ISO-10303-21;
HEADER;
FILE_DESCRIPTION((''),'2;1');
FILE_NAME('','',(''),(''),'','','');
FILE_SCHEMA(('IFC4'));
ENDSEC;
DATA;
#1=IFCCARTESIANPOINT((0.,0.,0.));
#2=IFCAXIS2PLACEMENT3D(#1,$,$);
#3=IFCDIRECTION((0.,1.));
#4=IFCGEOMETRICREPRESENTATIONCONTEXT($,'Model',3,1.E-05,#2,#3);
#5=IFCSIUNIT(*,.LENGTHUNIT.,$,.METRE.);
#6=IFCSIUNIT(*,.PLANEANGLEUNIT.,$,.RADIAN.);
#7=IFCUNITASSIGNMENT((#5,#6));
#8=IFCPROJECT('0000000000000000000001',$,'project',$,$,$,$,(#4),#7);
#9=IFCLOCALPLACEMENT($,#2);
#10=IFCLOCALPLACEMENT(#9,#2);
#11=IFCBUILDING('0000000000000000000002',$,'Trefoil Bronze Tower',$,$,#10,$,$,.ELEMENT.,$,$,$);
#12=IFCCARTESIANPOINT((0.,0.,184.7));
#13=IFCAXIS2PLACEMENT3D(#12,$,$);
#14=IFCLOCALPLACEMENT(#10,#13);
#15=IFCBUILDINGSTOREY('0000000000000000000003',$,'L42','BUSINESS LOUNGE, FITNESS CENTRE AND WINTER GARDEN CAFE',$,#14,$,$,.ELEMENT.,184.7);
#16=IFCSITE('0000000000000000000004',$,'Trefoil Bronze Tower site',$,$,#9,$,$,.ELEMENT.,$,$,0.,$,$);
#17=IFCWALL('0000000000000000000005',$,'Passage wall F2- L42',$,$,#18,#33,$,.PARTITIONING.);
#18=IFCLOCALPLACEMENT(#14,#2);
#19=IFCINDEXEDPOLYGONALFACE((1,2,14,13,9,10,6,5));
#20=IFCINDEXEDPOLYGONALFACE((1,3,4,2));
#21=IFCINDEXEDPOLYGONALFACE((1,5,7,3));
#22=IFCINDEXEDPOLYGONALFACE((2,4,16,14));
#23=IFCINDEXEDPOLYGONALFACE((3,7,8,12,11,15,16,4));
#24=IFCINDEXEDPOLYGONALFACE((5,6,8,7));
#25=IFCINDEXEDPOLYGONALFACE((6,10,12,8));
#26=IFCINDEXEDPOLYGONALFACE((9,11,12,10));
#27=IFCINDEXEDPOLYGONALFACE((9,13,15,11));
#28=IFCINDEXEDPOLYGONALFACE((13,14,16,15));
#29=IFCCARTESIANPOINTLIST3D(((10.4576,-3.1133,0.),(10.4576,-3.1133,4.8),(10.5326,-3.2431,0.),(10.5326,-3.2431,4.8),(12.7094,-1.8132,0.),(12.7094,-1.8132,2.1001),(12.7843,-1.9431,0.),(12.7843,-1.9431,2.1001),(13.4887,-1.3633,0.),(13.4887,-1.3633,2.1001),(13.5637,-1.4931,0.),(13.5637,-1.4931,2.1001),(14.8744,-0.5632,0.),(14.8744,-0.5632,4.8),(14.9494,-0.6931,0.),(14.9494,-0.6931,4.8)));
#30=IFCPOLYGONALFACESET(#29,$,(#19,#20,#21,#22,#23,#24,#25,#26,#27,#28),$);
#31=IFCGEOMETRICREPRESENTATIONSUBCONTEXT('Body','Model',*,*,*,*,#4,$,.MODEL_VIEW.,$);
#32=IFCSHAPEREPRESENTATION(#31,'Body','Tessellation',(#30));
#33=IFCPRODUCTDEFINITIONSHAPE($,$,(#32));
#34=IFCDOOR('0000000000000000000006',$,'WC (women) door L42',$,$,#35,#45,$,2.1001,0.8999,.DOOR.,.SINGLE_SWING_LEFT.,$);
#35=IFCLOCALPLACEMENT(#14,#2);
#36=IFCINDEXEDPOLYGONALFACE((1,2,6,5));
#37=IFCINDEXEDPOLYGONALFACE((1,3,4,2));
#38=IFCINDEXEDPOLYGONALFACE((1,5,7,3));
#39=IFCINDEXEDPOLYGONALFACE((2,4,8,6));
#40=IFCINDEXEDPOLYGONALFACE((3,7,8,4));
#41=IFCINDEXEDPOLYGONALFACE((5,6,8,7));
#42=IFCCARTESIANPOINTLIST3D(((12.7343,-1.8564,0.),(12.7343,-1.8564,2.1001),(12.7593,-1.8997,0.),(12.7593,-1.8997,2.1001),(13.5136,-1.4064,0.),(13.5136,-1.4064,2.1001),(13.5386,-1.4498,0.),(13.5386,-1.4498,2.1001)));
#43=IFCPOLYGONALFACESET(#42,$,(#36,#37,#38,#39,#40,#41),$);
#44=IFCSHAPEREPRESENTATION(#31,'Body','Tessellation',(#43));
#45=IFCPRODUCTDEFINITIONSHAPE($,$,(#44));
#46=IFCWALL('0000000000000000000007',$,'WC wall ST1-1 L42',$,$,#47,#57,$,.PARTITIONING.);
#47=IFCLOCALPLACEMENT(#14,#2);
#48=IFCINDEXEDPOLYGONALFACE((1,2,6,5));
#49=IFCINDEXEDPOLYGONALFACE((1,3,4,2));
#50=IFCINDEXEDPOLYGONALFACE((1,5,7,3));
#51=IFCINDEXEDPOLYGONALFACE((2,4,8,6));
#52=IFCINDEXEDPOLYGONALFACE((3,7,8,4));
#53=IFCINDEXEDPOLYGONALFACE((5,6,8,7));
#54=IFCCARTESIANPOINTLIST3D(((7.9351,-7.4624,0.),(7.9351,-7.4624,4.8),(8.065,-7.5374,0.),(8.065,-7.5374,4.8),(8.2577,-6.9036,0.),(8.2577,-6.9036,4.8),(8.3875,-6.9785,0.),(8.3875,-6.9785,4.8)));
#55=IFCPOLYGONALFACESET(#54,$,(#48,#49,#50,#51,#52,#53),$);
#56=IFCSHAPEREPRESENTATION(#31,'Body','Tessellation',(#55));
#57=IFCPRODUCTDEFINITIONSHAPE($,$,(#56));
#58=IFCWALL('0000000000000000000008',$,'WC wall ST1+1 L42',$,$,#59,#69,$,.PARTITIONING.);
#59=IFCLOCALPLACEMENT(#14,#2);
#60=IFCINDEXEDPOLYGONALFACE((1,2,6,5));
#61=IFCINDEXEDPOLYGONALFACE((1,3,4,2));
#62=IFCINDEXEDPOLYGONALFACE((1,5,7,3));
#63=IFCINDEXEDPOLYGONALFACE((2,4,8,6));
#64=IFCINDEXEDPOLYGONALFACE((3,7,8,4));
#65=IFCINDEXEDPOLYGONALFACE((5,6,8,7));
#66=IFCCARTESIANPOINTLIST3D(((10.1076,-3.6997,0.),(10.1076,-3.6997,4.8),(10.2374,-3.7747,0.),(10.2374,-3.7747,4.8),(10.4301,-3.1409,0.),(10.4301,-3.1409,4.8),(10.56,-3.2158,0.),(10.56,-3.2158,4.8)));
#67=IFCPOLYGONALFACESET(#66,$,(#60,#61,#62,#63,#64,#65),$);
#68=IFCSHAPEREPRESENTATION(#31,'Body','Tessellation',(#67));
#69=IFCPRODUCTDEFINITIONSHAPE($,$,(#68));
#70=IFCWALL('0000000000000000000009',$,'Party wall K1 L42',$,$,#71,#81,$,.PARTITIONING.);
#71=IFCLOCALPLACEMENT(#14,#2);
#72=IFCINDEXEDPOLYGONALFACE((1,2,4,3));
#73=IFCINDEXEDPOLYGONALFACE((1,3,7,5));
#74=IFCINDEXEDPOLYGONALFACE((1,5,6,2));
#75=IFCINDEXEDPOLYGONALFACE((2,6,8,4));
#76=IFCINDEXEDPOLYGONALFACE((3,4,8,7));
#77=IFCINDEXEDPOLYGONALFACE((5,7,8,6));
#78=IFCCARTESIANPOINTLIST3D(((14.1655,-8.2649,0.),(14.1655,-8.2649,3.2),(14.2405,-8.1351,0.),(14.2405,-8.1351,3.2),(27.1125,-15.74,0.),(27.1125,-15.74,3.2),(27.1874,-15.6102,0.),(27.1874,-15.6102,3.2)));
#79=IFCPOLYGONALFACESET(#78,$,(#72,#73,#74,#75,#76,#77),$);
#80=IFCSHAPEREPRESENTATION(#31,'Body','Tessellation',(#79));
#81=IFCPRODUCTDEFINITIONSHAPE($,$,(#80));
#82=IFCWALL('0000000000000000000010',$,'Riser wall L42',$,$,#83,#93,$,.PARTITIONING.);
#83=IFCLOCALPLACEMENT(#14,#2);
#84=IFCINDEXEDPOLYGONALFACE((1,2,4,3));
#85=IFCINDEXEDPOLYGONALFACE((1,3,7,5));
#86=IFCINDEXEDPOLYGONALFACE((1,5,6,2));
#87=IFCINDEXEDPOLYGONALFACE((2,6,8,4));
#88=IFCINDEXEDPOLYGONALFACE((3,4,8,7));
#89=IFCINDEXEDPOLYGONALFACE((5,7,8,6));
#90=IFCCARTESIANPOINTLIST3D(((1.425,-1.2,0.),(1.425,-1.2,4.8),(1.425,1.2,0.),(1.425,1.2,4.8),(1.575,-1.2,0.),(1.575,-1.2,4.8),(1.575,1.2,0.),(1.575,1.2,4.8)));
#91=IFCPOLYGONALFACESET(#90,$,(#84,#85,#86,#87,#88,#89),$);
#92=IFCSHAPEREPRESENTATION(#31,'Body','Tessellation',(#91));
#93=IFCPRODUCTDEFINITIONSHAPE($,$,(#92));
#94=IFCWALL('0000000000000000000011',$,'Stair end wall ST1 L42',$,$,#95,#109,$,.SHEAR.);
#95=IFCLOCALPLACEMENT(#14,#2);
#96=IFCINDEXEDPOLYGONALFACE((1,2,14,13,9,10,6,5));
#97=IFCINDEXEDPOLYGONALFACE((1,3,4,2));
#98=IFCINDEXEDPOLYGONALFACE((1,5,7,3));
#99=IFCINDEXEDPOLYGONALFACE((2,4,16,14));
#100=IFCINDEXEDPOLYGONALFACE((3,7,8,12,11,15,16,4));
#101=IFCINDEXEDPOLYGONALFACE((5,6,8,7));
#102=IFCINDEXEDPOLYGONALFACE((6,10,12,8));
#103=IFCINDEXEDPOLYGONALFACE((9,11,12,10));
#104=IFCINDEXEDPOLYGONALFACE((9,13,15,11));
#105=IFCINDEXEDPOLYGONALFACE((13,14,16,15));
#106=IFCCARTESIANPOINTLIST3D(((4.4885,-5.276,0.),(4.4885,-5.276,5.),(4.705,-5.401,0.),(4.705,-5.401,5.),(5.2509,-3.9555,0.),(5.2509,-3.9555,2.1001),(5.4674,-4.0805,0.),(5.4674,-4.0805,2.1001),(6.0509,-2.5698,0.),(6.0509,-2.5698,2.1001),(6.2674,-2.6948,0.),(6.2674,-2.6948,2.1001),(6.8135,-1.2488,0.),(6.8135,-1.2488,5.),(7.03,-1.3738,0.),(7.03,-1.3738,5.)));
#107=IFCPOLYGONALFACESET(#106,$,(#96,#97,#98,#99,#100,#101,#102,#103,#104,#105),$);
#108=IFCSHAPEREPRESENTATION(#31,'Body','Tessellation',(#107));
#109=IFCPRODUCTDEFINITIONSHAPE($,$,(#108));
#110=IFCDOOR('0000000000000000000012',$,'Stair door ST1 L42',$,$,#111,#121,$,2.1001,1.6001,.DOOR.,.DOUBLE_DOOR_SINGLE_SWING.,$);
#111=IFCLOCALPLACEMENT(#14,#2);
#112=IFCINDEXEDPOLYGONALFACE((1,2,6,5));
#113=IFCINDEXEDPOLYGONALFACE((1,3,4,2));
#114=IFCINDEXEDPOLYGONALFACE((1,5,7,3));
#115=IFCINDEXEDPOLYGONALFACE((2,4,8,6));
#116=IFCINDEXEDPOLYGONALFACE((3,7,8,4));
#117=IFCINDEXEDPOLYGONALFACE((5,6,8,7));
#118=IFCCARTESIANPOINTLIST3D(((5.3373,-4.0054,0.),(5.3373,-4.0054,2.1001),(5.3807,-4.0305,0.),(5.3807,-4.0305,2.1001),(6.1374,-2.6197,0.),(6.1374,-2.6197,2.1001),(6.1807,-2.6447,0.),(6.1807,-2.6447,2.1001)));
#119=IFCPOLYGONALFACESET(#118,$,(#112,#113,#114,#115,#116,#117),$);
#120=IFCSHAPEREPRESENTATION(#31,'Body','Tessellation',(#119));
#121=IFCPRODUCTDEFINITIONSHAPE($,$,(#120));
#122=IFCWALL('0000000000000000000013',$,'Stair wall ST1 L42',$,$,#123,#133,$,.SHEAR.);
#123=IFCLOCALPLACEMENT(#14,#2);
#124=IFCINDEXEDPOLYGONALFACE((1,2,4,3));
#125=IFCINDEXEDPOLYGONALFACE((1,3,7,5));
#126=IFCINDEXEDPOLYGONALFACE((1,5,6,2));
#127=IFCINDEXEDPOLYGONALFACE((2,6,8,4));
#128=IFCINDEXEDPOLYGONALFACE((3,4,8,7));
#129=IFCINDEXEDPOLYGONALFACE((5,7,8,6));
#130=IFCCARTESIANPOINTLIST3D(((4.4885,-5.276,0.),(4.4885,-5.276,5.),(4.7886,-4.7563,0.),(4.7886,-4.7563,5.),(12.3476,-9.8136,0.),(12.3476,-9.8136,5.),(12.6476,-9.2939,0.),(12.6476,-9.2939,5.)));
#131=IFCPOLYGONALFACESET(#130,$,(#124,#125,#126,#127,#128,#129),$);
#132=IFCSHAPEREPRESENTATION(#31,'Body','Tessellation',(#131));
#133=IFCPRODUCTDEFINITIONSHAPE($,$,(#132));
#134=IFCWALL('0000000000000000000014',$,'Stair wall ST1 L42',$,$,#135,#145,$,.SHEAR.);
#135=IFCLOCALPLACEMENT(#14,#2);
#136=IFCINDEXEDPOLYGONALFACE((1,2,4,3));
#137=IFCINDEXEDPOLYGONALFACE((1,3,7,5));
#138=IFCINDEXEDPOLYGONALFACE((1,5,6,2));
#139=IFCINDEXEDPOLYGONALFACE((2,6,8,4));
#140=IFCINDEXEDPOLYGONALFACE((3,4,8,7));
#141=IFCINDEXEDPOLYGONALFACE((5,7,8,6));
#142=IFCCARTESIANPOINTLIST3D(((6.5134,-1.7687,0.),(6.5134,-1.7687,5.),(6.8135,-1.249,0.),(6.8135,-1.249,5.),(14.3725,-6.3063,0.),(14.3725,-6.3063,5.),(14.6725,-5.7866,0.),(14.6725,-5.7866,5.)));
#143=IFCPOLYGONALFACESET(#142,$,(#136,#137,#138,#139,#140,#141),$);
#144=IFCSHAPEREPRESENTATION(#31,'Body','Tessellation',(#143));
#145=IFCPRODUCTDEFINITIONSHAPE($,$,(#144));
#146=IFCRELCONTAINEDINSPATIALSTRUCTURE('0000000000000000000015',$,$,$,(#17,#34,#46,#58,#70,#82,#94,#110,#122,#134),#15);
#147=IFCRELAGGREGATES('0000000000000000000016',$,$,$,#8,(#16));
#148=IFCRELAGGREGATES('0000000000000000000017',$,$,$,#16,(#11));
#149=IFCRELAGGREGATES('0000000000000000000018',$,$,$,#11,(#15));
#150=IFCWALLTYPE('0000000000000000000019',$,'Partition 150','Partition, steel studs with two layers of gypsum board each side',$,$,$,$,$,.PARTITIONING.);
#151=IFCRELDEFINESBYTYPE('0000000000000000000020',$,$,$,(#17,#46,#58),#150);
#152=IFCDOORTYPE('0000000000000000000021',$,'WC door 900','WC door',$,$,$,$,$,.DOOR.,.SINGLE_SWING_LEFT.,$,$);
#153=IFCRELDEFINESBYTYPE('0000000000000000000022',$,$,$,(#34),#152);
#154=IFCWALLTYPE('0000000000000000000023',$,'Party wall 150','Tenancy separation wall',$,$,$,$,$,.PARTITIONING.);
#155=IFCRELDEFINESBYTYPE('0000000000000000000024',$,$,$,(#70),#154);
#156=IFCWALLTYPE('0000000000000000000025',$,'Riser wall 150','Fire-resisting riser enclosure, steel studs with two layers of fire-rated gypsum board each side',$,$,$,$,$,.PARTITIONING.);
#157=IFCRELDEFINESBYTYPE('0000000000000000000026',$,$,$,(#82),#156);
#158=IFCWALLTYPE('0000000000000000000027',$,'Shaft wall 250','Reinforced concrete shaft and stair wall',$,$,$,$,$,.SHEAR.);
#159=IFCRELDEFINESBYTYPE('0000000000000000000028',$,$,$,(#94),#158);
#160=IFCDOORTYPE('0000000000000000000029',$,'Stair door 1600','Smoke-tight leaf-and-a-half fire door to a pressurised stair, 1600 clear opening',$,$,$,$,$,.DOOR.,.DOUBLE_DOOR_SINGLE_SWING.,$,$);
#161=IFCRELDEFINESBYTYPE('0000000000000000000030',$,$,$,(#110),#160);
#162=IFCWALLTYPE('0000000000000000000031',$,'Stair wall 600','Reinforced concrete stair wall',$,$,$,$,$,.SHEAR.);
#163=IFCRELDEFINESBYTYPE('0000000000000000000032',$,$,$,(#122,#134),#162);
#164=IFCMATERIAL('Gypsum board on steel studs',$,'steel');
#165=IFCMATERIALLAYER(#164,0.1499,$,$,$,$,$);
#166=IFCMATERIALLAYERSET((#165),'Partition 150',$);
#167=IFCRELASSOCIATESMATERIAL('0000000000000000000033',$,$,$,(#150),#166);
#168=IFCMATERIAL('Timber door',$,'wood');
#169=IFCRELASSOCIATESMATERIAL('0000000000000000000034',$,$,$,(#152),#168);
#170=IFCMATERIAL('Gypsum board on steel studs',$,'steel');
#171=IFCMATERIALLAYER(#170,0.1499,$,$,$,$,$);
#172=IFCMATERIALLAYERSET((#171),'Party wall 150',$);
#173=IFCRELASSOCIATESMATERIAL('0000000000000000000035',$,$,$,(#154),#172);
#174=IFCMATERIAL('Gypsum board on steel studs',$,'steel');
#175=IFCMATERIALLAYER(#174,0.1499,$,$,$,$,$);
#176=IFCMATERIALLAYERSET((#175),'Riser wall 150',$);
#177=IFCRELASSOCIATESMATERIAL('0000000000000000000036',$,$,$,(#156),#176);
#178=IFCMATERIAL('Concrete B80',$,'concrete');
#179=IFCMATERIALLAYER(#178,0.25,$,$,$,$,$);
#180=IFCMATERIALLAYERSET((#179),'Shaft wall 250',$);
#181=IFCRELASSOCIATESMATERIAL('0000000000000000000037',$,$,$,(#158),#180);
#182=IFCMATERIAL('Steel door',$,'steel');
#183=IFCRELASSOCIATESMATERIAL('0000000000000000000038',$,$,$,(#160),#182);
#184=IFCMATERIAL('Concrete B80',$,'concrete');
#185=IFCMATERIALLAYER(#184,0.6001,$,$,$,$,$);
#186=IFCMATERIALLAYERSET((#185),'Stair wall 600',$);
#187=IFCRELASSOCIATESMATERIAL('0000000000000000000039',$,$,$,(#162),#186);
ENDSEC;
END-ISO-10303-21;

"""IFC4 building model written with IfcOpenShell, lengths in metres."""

from ifc_helpers import new_model, si_unit, direction, frame, frame_2d, origin, place, context, subcontext, project, spatial, rectangle, extrude, material, layer, layer_set, type_object, element, fill, save


model = new_model("IFC4")

# Units and contexts
model_context = context("Model", 3, precision=1e-05, world=origin(), true_north=direction((0.0, 1.0)))
body_context = subcontext(model_context, "Body", "Model", "MODEL_VIEW")
ifc_project = project(units=[si_unit("LENGTHUNIT", "METRE"), si_unit("PLANEANGLEUNIT", "RADIAN")], contexts=[model_context])

# Site, building, storey
site_placement = place(None, origin())
site = spatial("IfcSite", under=ifc_project, at=site_placement, Name="Trefoil Bronze Tower site", CompositionType="ELEMENT", RefElevation=0.0)
building_placement = place(site_placement, origin())
building = spatial("IfcBuilding", under=site, at=building_placement, Name="Trefoil Bronze Tower", CompositionType="ELEMENT")
storey_placement = place(building_placement, frame((0.0, 0.0, 184.7)))
storey = spatial("IfcBuildingStorey", under=building, at=storey_placement, Name="L42", Description="BUSINESS LOUNGE, FITNESS CENTRE AND WINTER GARDEN CAFE", CompositionType="ELEMENT", Elevation=184.7)

# Wall, opening, door
ifc_material_1 = material(Name="Gypsum board on steel studs", Category="steel")
ifc_layer_1 = layer(ifc_material_1, 0.1499)
ifc_layer_set_1 = layer_set([ifc_layer_1], Name="Partition 150")
wall_type_1 = type_object("IfcWallType", Name="Partition 150", Description="Partition, steel studs with two layers of gypsum board each side", PredefinedType="PARTITIONING", material=ifc_layer_set_1)
ifc_material_2 = material(Name="Timber door", Category="wood")
door_type_1 = type_object("IfcDoorType", Name="WC door 900", Description="WC door", OperationType="SINGLE_SWING_LEFT", PredefinedType="DOOR", material=ifc_material_2)
wall_1_placement = place(storey_placement, frame((10.4951, -3.1782, 0.0), z_axis=(0.0, 0.0, 1.0), x_axis=(0.866022, 0.500006, 0.0)))
wall_1 = element("IfcWall", 1, at=wall_1_placement, inside=storey, type_object=wall_type_1, Name="Passage wall F2- L42", PredefinedType="PARTITIONING", context=body_context, shape_type="SweptSolid", body=[
    extrude(rectangle(XDim=5.1001, YDim=0.1499, at=frame_2d((2.55, 0.0))), origin(), (0.0, 0.0, 1.0), 4.8),
])
opening_1_placement = place(wall_1_placement, frame((2.6001, 0.0, 0.0)))
opening_1 = element("IfcOpeningElement", 2, at=opening_1_placement, cuts=wall_1, PredefinedType="OPENING", context=body_context, shape_type="SweptSolid", body=[
    extrude(rectangle(XDim=0.8999, YDim=2.1001, at=frame_2d((0.45, 1.05))), frame((0.0, 0.085, 0.0), z_axis=(0.0, -1.0, 0.0), x_axis=(1.0, 0.0, 0.0)), (0.0, 0.0, 1.0), 0.1699),
])
door_1_placement = place(opening_1_placement, frame((0.8999, 0.0, 0.0), z_axis=(0.0, 0.0, 1.0), x_axis=(-1.0, 0.0, 0.0)))
door_1 = element("IfcDoor", 3, at=door_1_placement, inside=storey, type_object=door_type_1, Name="WC (women) door L42", OperationType="SINGLE_SWING_LEFT", OverallHeight=2.1001, OverallWidth=0.8999, PredefinedType="DOOR", context=body_context, shape_type="SweptSolid", body=[
    extrude(rectangle(XDim=0.8999, YDim=2.1001, at=frame_2d((0.45, 1.05))), frame((0.0, 0.0249, 0.0), z_axis=(0.0, -1.0, 0.0), x_axis=(1.0, 0.0, 0.0)), (0.0, 0.0, 1.0), 0.05),
])
fill(opening_1, door_1)

# Walls
for number, where, z_axis, x_axis, name in (
    (4, (8.0, -7.5, 0.0), (0.0, 0.0, 1.0), (0.499843, 0.866116, 0.0), "WC wall ST1-1 L42"),
    (5, (10.4951, -3.1782, 0.0), (0.0, 0.0, 1.0), (-0.499843, -0.866116, 0.0), "WC wall ST1+1 L42"),
):
    element("IfcWall", number, at=place(storey_placement, frame(where, z_axis=z_axis, x_axis=x_axis)), inside=storey, type_object=wall_type_1, Name=name, PredefinedType="PARTITIONING", context=body_context, shape_type="SweptSolid", body=[
        extrude(rectangle(XDim=0.6453, YDim=0.1499, at=frame_2d((0.3228, 0.0))), origin(), (0.0, 0.0, 1.0), 4.8),
    ])
ifc_material_3 = material(Name="Gypsum board on steel studs", Category="steel")
ifc_layer_2 = layer(ifc_material_3, 0.1499)
ifc_layer_set_2 = layer_set([ifc_layer_2], Name="Party wall 150")
wall_type_2 = type_object("IfcWallType", Name="Party wall 150", Description="Tenancy separation wall", PredefinedType="PARTITIONING", material=ifc_layer_set_2)
wall_2_placement = place(storey_placement, frame((14.2029, -8.2, 0.0), z_axis=(0.0, 0.0, 1.0), x_axis=(0.866022, -0.500007, 0.0)))
element("IfcWall", 6, at=wall_2_placement, inside=storey, type_object=wall_type_2, Name="Party wall K1 L42", PredefinedType="PARTITIONING", context=body_context, shape_type="SweptSolid", body=[
    extrude(rectangle(XDim=14.95, YDim=0.1499, at=frame_2d((7.4751, 0.0))), origin(), (0.0, 0.0, 1.0), 3.2),
])
ifc_material_4 = material(Name="Gypsum board on steel studs", Category="steel")
ifc_layer_3 = layer(ifc_material_4, 0.1499)
ifc_layer_set_3 = layer_set([ifc_layer_3], Name="Riser wall 150")
wall_type_3 = type_object("IfcWallType", Name="Riser wall 150", Description="Fire-resisting riser enclosure, steel studs with two layers of fire-rated gypsum board each side", PredefinedType="PARTITIONING", material=ifc_layer_set_3)
wall_3_placement = place(storey_placement, frame((1.5, -1.2, 0.0), z_axis=(0.0, 0.0, 1.0), x_axis=(0.0, 1.0, 0.0)))
element("IfcWall", 7, at=wall_3_placement, inside=storey, type_object=wall_type_3, Name="Riser wall L42", PredefinedType="PARTITIONING", context=body_context, shape_type="SweptSolid", body=[
    extrude(rectangle(XDim=2.3999, YDim=0.1499, at=frame_2d((1.2, 0.0))), origin(), (0.0, 0.0, 1.0), 4.8),
])

# Wall, opening, door
ifc_material_5 = material(Name="Concrete B80", Category="concrete")
ifc_layer_4 = layer(ifc_material_5, 0.25)
ifc_layer_set_4 = layer_set([ifc_layer_4], Name="Shaft wall 250")
wall_type_4 = type_object("IfcWallType", Name="Shaft wall 250", Description="Reinforced concrete shaft and stair wall", PredefinedType="SHEAR", material=ifc_layer_set_4)
wall_4_placement = place(storey_placement, frame((4.5967, -5.3386, 0.0), z_axis=(0.0, 0.0, 1.0), x_axis=(0.499985, 0.866034, 0.0)))
wall_4 = element("IfcWall", 8, at=wall_4_placement, inside=storey, type_object=wall_type_4, Name="Stair end wall ST1 L42", PredefinedType="SHEAR", context=body_context, shape_type="SweptSolid", body=[
    extrude(rectangle(XDim=4.6501, YDim=0.25, at=frame_2d((2.3252, 0.0))), origin(), (0.0, 0.0, 1.0), 5.0),
])
opening_2_placement = place(wall_4_placement, frame((1.5249, 0.0, 0.0)))
opening_2 = element("IfcOpeningElement", 9, at=opening_2_placement, cuts=wall_4, PredefinedType="OPENING", context=body_context, shape_type="SweptSolid", body=[
    extrude(rectangle(XDim=1.6001, YDim=2.1001, at=frame_2d((0.8, 1.05))), frame((0.0, 0.135, 0.0), z_axis=(0.0, -1.0, 0.0), x_axis=(1.0, 0.0, 0.0)), (0.0, 0.0, 1.0), 0.27),
])
ifc_material_6 = material(Name="Steel door", Category="steel")
door_type_2 = type_object("IfcDoorType", Name="Stair door 1600", Description="Smoke-tight leaf-and-a-half fire door to a pressurised stair, 1600 clear opening", OperationType="DOUBLE_DOOR_SINGLE_SWING", PredefinedType="DOOR", material=ifc_material_6)
door_2_placement = place(opening_2_placement, frame((1.6001, 0.0, 0.0), z_axis=(0.0, 0.0, 1.0), x_axis=(-1.0, 0.0, 0.0)))
door_2 = element("IfcDoor", 10, at=door_2_placement, inside=storey, type_object=door_type_2, Name="Stair door ST1 L42", OperationType="DOUBLE_DOOR_SINGLE_SWING", OverallHeight=2.1001, OverallWidth=1.6001, PredefinedType="DOOR", context=body_context, shape_type="SweptSolid", body=[
    extrude(rectangle(XDim=1.6001, YDim=2.1001, at=frame_2d((0.8, 1.05))), frame((0.0, 0.0249, 0.0), z_axis=(0.0, -1.0, 0.0), x_axis=(1.0, 0.0, 0.0)), (0.0, 0.0, 1.0), 0.05),
])
fill(opening_2, door_2)

# Walls
ifc_material_7 = material(Name="Concrete B80", Category="concrete")
ifc_layer_5 = layer(ifc_material_7, 0.6001)
ifc_layer_set_5 = layer_set([ifc_layer_5], Name="Stair wall 600")
wall_type_5 = type_object("IfcWallType", Name="Stair wall 600", Description="Reinforced concrete stair wall", PredefinedType="SHEAR", material=ifc_layer_set_5)
for number, where, z_axis, x_axis, name in (
    (11, (4.6384, -5.0161, 0.0), (0.0, 0.0, 1.0), (0.866019, -0.50001, 0.0), "Stair wall ST1 L42"),
    (12, (6.6633, -1.5088, 0.0), (0.0, 0.0, 1.0), (0.866019, -0.50001, 0.0), "Stair wall ST1 L42"),
):
    element("IfcWall", number, at=place(storey_placement, frame(where, z_axis=z_axis, x_axis=x_axis)), inside=storey, type_object=wall_type_5, Name=name, PredefinedType="SHEAR", context=body_context, shape_type="SweptSolid", body=[
        extrude(rectangle(XDim=9.075, YDim=0.6001, at=frame_2d((4.5376, 0.0))), origin(), (0.0, 0.0, 1.0), 5.0),
    ])

save(model, "model.ifc")
